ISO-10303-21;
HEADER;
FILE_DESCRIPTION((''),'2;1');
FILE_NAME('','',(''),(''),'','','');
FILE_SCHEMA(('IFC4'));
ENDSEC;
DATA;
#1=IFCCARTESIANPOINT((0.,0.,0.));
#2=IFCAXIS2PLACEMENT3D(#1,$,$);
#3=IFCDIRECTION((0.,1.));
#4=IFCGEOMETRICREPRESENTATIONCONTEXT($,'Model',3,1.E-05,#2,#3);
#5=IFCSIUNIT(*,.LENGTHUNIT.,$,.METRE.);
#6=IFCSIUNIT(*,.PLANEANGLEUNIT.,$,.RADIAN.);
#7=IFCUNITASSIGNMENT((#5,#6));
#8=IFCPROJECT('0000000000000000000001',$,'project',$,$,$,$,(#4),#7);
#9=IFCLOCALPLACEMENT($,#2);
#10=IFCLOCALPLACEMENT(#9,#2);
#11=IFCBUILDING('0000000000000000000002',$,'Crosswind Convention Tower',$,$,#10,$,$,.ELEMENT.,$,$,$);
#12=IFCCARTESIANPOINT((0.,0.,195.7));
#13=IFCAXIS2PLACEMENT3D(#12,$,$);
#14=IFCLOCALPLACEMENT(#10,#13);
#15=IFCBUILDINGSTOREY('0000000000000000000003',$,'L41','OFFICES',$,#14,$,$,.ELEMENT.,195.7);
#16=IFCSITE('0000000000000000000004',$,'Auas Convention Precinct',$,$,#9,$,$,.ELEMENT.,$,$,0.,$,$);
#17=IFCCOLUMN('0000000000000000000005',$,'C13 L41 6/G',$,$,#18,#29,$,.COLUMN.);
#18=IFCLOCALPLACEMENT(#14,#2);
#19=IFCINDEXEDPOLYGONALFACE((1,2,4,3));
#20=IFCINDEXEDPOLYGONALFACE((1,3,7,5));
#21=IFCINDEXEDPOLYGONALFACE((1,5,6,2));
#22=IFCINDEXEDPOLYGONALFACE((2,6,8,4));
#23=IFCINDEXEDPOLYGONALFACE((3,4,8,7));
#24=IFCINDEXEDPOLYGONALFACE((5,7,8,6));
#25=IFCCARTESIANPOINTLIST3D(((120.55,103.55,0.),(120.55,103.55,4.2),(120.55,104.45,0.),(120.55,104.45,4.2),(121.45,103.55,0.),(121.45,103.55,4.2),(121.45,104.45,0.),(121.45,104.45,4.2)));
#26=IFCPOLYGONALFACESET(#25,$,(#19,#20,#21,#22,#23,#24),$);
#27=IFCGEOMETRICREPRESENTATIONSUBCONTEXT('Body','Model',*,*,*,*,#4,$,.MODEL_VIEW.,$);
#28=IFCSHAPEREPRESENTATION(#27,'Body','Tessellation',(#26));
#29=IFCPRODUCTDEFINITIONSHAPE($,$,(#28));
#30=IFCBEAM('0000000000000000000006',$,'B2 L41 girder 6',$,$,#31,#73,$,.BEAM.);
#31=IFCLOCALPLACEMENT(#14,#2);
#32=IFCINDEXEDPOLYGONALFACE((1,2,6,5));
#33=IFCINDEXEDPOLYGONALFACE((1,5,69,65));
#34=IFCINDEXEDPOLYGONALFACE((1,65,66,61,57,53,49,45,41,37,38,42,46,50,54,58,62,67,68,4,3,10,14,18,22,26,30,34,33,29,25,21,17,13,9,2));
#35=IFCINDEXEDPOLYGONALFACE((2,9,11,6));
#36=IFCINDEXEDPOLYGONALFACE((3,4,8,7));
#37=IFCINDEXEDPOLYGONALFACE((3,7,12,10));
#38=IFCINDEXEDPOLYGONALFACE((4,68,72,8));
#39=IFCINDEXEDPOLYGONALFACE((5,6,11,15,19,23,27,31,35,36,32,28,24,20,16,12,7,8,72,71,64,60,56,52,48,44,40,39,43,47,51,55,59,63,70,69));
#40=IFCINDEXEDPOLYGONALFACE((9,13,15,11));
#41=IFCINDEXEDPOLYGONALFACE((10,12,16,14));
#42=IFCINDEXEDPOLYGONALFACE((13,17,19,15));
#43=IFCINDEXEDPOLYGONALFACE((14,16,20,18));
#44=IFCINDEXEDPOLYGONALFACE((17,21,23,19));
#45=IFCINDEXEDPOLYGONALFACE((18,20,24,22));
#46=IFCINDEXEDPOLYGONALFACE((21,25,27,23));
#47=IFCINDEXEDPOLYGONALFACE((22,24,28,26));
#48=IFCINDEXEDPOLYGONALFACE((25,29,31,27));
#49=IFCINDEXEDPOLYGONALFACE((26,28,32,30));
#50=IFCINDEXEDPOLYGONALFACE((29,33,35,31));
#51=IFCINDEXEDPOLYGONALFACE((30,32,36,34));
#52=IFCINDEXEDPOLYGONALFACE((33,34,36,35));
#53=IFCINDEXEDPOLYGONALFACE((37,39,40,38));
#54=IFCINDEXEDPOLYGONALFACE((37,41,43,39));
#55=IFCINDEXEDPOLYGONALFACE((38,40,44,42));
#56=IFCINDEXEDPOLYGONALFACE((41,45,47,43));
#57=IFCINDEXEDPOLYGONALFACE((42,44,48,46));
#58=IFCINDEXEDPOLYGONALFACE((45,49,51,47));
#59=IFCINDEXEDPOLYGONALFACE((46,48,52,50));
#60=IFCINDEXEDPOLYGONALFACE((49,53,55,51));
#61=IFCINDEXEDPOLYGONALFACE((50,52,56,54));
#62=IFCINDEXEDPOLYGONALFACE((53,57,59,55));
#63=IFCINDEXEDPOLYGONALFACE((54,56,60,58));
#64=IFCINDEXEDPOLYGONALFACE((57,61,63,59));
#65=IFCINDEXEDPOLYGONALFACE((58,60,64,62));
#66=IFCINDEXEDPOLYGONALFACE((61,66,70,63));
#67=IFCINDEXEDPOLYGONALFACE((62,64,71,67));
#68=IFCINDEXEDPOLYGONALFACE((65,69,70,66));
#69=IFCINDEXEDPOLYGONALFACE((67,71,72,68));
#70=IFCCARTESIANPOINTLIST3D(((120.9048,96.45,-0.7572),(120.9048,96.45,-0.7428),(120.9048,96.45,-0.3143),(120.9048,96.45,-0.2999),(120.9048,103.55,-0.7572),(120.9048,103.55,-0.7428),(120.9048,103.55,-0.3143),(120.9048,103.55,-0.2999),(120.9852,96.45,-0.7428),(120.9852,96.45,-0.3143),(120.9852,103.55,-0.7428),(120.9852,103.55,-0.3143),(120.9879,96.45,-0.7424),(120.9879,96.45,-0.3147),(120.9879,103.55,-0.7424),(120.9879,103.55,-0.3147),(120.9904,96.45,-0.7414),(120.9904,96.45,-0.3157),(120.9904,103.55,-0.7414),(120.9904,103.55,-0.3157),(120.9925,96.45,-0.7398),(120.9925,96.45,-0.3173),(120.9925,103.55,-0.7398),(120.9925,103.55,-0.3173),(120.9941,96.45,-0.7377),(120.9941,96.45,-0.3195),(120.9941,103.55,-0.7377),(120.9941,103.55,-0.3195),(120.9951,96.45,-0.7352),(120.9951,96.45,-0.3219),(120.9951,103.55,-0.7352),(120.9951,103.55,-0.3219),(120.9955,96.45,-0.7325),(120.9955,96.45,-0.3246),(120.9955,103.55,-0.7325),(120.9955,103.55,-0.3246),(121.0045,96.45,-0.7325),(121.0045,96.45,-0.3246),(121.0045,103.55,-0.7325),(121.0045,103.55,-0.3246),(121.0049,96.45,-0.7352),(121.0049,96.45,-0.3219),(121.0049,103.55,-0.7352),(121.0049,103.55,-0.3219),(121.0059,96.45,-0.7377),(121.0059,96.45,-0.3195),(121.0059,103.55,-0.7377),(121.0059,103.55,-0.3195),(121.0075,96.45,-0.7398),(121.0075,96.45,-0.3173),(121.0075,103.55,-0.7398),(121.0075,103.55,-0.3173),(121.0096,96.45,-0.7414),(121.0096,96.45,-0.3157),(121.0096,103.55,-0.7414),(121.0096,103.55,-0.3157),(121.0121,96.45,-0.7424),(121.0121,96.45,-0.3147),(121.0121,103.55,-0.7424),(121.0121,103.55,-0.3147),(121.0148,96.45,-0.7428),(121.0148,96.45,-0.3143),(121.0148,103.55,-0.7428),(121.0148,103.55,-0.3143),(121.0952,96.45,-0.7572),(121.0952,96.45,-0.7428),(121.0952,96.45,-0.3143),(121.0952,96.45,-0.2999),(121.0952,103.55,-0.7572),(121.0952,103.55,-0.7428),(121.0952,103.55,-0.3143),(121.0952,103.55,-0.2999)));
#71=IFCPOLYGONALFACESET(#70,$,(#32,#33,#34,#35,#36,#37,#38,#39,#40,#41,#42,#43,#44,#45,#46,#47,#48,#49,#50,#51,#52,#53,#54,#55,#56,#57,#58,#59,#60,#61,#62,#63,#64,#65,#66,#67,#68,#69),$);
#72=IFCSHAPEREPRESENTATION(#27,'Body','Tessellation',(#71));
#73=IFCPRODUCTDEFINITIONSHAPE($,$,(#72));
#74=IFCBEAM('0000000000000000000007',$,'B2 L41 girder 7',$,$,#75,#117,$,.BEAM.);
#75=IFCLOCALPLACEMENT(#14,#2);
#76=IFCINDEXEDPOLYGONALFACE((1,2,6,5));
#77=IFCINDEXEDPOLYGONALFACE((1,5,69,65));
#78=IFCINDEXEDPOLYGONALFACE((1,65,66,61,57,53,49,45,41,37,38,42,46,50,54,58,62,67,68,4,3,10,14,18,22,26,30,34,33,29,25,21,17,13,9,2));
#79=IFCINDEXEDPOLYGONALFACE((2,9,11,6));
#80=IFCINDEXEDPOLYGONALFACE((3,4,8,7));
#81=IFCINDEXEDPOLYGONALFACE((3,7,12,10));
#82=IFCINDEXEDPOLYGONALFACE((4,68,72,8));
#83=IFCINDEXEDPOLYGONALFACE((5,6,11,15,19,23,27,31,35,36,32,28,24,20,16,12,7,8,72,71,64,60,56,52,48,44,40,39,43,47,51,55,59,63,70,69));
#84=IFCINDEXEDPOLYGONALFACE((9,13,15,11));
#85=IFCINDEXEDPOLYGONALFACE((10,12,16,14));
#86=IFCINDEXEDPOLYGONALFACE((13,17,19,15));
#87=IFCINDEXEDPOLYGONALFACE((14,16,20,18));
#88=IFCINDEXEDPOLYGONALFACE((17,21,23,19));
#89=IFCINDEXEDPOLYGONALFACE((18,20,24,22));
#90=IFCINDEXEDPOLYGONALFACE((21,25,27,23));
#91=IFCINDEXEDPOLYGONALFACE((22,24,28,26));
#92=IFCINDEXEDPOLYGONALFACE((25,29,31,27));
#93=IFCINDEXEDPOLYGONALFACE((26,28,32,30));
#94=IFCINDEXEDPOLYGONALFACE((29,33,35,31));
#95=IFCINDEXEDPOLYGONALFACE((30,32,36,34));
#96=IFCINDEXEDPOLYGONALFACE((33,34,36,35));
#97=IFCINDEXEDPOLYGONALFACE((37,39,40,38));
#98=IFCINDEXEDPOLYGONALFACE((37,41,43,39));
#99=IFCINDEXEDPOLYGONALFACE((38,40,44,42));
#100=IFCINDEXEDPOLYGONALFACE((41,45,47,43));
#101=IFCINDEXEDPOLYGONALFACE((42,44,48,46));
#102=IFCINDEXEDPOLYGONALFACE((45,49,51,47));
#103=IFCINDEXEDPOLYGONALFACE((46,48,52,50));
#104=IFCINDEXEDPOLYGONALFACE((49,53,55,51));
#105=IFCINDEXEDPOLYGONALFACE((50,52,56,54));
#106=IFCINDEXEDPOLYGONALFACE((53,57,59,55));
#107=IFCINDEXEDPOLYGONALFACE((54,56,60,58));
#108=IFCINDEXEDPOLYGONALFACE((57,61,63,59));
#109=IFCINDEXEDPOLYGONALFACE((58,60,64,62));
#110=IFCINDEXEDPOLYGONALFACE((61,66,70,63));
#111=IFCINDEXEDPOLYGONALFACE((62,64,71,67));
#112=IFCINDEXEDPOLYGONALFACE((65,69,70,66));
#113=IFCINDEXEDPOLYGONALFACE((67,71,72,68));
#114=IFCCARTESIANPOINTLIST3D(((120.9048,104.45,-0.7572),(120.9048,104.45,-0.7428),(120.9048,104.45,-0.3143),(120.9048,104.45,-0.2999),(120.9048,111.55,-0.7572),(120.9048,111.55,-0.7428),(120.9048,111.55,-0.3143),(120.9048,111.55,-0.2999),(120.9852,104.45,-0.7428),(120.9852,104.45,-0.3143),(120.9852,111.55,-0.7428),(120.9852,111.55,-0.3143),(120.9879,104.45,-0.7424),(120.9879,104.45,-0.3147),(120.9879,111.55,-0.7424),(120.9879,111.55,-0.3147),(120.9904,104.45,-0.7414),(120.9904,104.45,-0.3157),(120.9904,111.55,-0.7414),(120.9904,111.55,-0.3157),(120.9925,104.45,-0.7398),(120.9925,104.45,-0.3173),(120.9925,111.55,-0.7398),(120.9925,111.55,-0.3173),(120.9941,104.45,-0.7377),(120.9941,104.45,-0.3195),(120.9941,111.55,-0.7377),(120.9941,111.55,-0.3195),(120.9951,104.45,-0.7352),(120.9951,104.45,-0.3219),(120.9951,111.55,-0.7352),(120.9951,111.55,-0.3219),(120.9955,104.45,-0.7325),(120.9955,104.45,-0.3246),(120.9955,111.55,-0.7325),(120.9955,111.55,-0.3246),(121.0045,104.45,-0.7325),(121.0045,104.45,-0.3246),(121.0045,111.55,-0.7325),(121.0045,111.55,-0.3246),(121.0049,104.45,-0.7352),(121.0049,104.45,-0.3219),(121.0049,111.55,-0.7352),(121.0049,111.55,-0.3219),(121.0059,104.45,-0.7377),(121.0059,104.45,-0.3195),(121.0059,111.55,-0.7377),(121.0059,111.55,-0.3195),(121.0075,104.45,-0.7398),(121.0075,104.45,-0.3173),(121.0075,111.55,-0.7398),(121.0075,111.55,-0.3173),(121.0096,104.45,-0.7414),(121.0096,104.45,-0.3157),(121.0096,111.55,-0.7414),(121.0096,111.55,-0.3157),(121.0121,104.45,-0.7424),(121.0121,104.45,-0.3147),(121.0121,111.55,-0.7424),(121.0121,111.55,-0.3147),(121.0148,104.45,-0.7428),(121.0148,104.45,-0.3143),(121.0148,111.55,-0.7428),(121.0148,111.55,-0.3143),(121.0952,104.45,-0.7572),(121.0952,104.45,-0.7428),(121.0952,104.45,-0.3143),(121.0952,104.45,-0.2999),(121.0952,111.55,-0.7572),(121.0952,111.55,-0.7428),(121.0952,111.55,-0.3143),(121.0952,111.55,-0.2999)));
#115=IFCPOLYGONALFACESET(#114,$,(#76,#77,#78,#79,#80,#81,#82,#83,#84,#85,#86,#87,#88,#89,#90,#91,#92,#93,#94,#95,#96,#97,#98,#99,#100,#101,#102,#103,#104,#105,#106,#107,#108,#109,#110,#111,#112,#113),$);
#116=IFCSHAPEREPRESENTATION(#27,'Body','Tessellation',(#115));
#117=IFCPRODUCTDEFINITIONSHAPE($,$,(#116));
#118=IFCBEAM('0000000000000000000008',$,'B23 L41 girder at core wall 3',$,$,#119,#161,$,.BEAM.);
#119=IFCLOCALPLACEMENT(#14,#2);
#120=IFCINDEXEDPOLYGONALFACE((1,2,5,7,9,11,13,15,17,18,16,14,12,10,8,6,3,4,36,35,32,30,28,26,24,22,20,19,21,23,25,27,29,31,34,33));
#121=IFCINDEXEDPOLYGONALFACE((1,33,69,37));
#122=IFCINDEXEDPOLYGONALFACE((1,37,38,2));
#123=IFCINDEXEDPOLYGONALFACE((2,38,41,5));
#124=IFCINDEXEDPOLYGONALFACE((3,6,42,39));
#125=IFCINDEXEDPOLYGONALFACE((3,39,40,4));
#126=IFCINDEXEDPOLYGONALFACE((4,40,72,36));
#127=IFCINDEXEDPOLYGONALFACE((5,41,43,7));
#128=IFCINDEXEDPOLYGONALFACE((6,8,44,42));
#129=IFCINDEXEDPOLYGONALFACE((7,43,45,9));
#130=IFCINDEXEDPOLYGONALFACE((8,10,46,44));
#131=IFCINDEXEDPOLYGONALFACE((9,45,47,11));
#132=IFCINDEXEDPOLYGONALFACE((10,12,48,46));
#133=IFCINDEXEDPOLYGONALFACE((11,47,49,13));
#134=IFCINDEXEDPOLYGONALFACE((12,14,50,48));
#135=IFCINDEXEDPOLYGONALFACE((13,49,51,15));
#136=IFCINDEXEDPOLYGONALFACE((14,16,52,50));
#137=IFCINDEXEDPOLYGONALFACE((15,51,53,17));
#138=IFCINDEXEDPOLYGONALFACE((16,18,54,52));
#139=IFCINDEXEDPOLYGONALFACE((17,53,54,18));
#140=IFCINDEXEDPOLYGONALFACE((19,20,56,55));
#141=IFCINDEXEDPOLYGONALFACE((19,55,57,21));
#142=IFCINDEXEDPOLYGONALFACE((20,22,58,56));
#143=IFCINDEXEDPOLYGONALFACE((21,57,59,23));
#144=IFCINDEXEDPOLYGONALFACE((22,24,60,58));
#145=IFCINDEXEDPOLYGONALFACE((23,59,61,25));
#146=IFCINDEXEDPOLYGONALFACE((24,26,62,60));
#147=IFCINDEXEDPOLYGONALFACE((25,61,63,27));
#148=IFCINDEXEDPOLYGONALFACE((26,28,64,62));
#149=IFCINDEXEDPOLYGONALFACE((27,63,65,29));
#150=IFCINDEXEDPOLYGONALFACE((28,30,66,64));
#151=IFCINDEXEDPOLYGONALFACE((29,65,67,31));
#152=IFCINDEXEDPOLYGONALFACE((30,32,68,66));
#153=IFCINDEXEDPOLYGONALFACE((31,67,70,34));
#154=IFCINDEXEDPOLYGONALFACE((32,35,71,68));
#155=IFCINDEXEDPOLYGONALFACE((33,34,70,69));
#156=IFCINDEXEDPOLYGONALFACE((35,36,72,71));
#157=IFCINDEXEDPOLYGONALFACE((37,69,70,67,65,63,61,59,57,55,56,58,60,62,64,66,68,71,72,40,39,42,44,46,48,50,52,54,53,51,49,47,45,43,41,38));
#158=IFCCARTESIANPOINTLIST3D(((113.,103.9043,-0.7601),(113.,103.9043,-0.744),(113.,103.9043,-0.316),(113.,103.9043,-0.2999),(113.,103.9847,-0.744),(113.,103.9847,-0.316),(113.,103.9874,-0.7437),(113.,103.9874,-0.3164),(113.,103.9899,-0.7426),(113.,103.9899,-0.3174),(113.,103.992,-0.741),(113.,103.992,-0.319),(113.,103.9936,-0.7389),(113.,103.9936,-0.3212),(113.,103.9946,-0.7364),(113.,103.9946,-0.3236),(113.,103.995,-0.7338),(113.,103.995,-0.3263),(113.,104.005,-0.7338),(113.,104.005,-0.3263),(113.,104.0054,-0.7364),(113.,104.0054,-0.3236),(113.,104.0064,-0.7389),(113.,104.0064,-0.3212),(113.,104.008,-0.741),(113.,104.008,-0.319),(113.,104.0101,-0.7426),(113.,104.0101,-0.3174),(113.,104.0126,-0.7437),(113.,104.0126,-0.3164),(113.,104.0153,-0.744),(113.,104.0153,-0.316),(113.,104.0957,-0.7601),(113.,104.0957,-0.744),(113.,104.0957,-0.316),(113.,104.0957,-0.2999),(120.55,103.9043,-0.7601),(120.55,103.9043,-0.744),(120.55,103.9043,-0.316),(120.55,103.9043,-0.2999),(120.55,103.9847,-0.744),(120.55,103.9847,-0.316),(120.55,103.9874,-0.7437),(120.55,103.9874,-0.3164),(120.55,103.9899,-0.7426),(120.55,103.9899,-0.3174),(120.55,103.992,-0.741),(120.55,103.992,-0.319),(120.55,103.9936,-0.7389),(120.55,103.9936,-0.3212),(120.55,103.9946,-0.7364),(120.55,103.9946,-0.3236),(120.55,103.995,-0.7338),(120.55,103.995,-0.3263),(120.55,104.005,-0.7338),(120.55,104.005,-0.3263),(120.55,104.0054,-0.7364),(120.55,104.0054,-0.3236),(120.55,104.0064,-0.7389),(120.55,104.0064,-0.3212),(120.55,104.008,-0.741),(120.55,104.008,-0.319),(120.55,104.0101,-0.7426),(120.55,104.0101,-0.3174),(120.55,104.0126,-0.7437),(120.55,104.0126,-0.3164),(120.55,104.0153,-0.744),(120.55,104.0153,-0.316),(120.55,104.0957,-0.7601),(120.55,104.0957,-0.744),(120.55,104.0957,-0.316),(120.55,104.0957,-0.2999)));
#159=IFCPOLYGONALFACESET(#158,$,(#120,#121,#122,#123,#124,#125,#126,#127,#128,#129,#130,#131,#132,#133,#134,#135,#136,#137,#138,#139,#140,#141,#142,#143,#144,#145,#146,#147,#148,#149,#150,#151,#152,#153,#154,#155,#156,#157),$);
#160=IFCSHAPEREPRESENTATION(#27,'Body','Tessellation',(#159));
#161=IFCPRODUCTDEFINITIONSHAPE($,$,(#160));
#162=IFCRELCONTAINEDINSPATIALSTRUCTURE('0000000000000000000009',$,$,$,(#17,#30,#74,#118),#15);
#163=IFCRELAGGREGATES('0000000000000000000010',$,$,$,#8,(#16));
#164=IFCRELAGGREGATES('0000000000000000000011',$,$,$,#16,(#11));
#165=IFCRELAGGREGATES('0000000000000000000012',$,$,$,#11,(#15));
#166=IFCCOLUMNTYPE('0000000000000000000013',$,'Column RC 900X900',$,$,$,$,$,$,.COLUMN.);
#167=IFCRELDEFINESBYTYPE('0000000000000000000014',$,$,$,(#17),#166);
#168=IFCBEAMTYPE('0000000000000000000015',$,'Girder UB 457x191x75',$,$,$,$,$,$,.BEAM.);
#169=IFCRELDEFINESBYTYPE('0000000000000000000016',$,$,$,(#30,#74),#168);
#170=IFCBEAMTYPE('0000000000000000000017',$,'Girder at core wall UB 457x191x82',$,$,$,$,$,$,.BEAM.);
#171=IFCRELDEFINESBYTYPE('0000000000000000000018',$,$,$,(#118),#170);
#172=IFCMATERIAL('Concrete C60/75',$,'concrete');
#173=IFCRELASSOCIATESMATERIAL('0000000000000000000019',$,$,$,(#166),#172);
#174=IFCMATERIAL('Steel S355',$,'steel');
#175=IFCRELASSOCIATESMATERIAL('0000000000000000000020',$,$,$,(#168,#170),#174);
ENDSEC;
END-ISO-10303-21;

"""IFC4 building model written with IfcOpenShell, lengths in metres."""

from ifc_helpers import new_model, si_unit, direction, frame, origin, origin_2d, place, context, subcontext, project, spatial, rectangle, i_section, extrude, material, material_profile, profile_set, type_object, element, save


model = new_model("IFC4")

# Units and contexts
model_context = context("Model", 3, precision=1e-05, world=origin(), true_north=direction((0.0, 1.0)))
body_context = subcontext(model_context, "Body", "Model", "MODEL_VIEW")
ifc_project = project(units=[si_unit("LENGTHUNIT", "METRE"), si_unit("PLANEANGLEUNIT", "RADIAN")], contexts=[model_context])

# Site, building, storey
site_placement = place(None, origin())
site = spatial("IfcSite", under=ifc_project, at=site_placement, Name="Auas Convention Precinct", CompositionType="ELEMENT", RefElevation=0.0)
building_placement = place(site_placement, origin())
building = spatial("IfcBuilding", under=site, at=building_placement, Name="Crosswind Convention Tower", CompositionType="ELEMENT")
storey_placement = place(building_placement, frame((0.0, 0.0, 195.7)))
storey = spatial("IfcBuildingStorey", under=building, at=storey_placement, Name="L41", Description="OFFICES", CompositionType="ELEMENT", Elevation=195.7)

# Column
ifc_material_1 = material(Name="Concrete C60/75", Category="concrete")
ifc_material_profile_1 = material_profile(ifc_material_1, rectangle(XDim=0.8999, YDim=0.8999, at=origin_2d()), Name="RC 900X900")
ifc_profile_set_1 = profile_set([ifc_material_profile_1], Name="Concrete C60/75")
column_type = type_object("IfcColumnType", Name="Column RC 900X900", PredefinedType="COLUMN", material=ifc_profile_set_1)
column_placement = place(storey_placement, frame((121.0, 104.0, 0.0), z_axis=(0.0, 0.0, 1.0), x_axis=(1.0, 0.0, 0.0)))
element("IfcColumn", 1, at=column_placement, inside=storey, type_object=column_type, Name="C13 L41 6/G", PredefinedType="COLUMN", context=body_context, shape_type="SweptSolid", body=[
    extrude(rectangle(XDim=0.8999, YDim=0.8999, at=origin_2d()), origin(), (0.0, 0.0, 1.0), 4.2),
])

# Beams
ifc_material_2 = material(Name="Steel S355", Category="steel")
ifc_material_profile_2 = material_profile(ifc_material_2, i_section(OverallWidth=0.1904, OverallDepth=0.4573, WebThickness=0.009, FlangeThickness=0.0144, FilletRadius=0.0103, at=origin_2d()), Name="UB 457x191x75")
ifc_profile_set_2 = profile_set([ifc_material_profile_2], Name="Steel S355")
beam_type_1 = type_object("IfcBeamType", Name="Girder UB 457x191x75", PredefinedType="BEAM", material=ifc_profile_set_2)
for number, where, z_axis, x_axis, name in (
    (2, (121.0, 96.45, -0.5286), (0.0, 1.0, 0.0), (-1.0, 0.0, 0.0), "B2 L41 girder 6"),
    (3, (121.0, 104.45, -0.5286), (0.0, 1.0, 0.0), (-1.0, 0.0, 0.0), "B2 L41 girder 7"),
):
    element("IfcBeam", number, at=place(storey_placement, frame(where, z_axis=z_axis, x_axis=x_axis)), inside=storey, type_object=beam_type_1, Name=name, PredefinedType="BEAM", context=body_context, shape_type="SweptSolid", body=[
        extrude(i_section(OverallWidth=0.1904, OverallDepth=0.4573, WebThickness=0.009, FlangeThickness=0.0144, FilletRadius=0.0103, at=origin_2d()), origin(), (0.0, 0.0, 1.0), 7.1001),
    ])
ifc_material_profile_3 = material_profile(ifc_material_2, i_section(OverallWidth=0.1914, OverallDepth=0.4602, WebThickness=0.01, FlangeThickness=0.0161, FilletRadius=0.0103, at=origin_2d()), Name="UB 457x191x82")
ifc_profile_set_3 = profile_set([ifc_material_profile_3], Name="Steel S355")
beam_type_2 = type_object("IfcBeamType", Name="Girder at core wall UB 457x191x82", PredefinedType="BEAM", material=ifc_profile_set_3)
beam_placement = place(storey_placement, frame((113.0, 104.0, -0.53), z_axis=(1.0, 0.0, 0.0), x_axis=(0.0, 1.0, 0.0)))
element("IfcBeam", 4, at=beam_placement, inside=storey, type_object=beam_type_2, Name="B23 L41 girder at core wall 3", PredefinedType="BEAM", context=body_context, shape_type="SweptSolid", body=[
    extrude(i_section(OverallWidth=0.1914, OverallDepth=0.4602, WebThickness=0.01, FlangeThickness=0.0161, FilletRadius=0.0103, at=origin_2d()), origin(), (0.0, 0.0, 1.0), 7.55),
])

save(model, "model.ifc")
